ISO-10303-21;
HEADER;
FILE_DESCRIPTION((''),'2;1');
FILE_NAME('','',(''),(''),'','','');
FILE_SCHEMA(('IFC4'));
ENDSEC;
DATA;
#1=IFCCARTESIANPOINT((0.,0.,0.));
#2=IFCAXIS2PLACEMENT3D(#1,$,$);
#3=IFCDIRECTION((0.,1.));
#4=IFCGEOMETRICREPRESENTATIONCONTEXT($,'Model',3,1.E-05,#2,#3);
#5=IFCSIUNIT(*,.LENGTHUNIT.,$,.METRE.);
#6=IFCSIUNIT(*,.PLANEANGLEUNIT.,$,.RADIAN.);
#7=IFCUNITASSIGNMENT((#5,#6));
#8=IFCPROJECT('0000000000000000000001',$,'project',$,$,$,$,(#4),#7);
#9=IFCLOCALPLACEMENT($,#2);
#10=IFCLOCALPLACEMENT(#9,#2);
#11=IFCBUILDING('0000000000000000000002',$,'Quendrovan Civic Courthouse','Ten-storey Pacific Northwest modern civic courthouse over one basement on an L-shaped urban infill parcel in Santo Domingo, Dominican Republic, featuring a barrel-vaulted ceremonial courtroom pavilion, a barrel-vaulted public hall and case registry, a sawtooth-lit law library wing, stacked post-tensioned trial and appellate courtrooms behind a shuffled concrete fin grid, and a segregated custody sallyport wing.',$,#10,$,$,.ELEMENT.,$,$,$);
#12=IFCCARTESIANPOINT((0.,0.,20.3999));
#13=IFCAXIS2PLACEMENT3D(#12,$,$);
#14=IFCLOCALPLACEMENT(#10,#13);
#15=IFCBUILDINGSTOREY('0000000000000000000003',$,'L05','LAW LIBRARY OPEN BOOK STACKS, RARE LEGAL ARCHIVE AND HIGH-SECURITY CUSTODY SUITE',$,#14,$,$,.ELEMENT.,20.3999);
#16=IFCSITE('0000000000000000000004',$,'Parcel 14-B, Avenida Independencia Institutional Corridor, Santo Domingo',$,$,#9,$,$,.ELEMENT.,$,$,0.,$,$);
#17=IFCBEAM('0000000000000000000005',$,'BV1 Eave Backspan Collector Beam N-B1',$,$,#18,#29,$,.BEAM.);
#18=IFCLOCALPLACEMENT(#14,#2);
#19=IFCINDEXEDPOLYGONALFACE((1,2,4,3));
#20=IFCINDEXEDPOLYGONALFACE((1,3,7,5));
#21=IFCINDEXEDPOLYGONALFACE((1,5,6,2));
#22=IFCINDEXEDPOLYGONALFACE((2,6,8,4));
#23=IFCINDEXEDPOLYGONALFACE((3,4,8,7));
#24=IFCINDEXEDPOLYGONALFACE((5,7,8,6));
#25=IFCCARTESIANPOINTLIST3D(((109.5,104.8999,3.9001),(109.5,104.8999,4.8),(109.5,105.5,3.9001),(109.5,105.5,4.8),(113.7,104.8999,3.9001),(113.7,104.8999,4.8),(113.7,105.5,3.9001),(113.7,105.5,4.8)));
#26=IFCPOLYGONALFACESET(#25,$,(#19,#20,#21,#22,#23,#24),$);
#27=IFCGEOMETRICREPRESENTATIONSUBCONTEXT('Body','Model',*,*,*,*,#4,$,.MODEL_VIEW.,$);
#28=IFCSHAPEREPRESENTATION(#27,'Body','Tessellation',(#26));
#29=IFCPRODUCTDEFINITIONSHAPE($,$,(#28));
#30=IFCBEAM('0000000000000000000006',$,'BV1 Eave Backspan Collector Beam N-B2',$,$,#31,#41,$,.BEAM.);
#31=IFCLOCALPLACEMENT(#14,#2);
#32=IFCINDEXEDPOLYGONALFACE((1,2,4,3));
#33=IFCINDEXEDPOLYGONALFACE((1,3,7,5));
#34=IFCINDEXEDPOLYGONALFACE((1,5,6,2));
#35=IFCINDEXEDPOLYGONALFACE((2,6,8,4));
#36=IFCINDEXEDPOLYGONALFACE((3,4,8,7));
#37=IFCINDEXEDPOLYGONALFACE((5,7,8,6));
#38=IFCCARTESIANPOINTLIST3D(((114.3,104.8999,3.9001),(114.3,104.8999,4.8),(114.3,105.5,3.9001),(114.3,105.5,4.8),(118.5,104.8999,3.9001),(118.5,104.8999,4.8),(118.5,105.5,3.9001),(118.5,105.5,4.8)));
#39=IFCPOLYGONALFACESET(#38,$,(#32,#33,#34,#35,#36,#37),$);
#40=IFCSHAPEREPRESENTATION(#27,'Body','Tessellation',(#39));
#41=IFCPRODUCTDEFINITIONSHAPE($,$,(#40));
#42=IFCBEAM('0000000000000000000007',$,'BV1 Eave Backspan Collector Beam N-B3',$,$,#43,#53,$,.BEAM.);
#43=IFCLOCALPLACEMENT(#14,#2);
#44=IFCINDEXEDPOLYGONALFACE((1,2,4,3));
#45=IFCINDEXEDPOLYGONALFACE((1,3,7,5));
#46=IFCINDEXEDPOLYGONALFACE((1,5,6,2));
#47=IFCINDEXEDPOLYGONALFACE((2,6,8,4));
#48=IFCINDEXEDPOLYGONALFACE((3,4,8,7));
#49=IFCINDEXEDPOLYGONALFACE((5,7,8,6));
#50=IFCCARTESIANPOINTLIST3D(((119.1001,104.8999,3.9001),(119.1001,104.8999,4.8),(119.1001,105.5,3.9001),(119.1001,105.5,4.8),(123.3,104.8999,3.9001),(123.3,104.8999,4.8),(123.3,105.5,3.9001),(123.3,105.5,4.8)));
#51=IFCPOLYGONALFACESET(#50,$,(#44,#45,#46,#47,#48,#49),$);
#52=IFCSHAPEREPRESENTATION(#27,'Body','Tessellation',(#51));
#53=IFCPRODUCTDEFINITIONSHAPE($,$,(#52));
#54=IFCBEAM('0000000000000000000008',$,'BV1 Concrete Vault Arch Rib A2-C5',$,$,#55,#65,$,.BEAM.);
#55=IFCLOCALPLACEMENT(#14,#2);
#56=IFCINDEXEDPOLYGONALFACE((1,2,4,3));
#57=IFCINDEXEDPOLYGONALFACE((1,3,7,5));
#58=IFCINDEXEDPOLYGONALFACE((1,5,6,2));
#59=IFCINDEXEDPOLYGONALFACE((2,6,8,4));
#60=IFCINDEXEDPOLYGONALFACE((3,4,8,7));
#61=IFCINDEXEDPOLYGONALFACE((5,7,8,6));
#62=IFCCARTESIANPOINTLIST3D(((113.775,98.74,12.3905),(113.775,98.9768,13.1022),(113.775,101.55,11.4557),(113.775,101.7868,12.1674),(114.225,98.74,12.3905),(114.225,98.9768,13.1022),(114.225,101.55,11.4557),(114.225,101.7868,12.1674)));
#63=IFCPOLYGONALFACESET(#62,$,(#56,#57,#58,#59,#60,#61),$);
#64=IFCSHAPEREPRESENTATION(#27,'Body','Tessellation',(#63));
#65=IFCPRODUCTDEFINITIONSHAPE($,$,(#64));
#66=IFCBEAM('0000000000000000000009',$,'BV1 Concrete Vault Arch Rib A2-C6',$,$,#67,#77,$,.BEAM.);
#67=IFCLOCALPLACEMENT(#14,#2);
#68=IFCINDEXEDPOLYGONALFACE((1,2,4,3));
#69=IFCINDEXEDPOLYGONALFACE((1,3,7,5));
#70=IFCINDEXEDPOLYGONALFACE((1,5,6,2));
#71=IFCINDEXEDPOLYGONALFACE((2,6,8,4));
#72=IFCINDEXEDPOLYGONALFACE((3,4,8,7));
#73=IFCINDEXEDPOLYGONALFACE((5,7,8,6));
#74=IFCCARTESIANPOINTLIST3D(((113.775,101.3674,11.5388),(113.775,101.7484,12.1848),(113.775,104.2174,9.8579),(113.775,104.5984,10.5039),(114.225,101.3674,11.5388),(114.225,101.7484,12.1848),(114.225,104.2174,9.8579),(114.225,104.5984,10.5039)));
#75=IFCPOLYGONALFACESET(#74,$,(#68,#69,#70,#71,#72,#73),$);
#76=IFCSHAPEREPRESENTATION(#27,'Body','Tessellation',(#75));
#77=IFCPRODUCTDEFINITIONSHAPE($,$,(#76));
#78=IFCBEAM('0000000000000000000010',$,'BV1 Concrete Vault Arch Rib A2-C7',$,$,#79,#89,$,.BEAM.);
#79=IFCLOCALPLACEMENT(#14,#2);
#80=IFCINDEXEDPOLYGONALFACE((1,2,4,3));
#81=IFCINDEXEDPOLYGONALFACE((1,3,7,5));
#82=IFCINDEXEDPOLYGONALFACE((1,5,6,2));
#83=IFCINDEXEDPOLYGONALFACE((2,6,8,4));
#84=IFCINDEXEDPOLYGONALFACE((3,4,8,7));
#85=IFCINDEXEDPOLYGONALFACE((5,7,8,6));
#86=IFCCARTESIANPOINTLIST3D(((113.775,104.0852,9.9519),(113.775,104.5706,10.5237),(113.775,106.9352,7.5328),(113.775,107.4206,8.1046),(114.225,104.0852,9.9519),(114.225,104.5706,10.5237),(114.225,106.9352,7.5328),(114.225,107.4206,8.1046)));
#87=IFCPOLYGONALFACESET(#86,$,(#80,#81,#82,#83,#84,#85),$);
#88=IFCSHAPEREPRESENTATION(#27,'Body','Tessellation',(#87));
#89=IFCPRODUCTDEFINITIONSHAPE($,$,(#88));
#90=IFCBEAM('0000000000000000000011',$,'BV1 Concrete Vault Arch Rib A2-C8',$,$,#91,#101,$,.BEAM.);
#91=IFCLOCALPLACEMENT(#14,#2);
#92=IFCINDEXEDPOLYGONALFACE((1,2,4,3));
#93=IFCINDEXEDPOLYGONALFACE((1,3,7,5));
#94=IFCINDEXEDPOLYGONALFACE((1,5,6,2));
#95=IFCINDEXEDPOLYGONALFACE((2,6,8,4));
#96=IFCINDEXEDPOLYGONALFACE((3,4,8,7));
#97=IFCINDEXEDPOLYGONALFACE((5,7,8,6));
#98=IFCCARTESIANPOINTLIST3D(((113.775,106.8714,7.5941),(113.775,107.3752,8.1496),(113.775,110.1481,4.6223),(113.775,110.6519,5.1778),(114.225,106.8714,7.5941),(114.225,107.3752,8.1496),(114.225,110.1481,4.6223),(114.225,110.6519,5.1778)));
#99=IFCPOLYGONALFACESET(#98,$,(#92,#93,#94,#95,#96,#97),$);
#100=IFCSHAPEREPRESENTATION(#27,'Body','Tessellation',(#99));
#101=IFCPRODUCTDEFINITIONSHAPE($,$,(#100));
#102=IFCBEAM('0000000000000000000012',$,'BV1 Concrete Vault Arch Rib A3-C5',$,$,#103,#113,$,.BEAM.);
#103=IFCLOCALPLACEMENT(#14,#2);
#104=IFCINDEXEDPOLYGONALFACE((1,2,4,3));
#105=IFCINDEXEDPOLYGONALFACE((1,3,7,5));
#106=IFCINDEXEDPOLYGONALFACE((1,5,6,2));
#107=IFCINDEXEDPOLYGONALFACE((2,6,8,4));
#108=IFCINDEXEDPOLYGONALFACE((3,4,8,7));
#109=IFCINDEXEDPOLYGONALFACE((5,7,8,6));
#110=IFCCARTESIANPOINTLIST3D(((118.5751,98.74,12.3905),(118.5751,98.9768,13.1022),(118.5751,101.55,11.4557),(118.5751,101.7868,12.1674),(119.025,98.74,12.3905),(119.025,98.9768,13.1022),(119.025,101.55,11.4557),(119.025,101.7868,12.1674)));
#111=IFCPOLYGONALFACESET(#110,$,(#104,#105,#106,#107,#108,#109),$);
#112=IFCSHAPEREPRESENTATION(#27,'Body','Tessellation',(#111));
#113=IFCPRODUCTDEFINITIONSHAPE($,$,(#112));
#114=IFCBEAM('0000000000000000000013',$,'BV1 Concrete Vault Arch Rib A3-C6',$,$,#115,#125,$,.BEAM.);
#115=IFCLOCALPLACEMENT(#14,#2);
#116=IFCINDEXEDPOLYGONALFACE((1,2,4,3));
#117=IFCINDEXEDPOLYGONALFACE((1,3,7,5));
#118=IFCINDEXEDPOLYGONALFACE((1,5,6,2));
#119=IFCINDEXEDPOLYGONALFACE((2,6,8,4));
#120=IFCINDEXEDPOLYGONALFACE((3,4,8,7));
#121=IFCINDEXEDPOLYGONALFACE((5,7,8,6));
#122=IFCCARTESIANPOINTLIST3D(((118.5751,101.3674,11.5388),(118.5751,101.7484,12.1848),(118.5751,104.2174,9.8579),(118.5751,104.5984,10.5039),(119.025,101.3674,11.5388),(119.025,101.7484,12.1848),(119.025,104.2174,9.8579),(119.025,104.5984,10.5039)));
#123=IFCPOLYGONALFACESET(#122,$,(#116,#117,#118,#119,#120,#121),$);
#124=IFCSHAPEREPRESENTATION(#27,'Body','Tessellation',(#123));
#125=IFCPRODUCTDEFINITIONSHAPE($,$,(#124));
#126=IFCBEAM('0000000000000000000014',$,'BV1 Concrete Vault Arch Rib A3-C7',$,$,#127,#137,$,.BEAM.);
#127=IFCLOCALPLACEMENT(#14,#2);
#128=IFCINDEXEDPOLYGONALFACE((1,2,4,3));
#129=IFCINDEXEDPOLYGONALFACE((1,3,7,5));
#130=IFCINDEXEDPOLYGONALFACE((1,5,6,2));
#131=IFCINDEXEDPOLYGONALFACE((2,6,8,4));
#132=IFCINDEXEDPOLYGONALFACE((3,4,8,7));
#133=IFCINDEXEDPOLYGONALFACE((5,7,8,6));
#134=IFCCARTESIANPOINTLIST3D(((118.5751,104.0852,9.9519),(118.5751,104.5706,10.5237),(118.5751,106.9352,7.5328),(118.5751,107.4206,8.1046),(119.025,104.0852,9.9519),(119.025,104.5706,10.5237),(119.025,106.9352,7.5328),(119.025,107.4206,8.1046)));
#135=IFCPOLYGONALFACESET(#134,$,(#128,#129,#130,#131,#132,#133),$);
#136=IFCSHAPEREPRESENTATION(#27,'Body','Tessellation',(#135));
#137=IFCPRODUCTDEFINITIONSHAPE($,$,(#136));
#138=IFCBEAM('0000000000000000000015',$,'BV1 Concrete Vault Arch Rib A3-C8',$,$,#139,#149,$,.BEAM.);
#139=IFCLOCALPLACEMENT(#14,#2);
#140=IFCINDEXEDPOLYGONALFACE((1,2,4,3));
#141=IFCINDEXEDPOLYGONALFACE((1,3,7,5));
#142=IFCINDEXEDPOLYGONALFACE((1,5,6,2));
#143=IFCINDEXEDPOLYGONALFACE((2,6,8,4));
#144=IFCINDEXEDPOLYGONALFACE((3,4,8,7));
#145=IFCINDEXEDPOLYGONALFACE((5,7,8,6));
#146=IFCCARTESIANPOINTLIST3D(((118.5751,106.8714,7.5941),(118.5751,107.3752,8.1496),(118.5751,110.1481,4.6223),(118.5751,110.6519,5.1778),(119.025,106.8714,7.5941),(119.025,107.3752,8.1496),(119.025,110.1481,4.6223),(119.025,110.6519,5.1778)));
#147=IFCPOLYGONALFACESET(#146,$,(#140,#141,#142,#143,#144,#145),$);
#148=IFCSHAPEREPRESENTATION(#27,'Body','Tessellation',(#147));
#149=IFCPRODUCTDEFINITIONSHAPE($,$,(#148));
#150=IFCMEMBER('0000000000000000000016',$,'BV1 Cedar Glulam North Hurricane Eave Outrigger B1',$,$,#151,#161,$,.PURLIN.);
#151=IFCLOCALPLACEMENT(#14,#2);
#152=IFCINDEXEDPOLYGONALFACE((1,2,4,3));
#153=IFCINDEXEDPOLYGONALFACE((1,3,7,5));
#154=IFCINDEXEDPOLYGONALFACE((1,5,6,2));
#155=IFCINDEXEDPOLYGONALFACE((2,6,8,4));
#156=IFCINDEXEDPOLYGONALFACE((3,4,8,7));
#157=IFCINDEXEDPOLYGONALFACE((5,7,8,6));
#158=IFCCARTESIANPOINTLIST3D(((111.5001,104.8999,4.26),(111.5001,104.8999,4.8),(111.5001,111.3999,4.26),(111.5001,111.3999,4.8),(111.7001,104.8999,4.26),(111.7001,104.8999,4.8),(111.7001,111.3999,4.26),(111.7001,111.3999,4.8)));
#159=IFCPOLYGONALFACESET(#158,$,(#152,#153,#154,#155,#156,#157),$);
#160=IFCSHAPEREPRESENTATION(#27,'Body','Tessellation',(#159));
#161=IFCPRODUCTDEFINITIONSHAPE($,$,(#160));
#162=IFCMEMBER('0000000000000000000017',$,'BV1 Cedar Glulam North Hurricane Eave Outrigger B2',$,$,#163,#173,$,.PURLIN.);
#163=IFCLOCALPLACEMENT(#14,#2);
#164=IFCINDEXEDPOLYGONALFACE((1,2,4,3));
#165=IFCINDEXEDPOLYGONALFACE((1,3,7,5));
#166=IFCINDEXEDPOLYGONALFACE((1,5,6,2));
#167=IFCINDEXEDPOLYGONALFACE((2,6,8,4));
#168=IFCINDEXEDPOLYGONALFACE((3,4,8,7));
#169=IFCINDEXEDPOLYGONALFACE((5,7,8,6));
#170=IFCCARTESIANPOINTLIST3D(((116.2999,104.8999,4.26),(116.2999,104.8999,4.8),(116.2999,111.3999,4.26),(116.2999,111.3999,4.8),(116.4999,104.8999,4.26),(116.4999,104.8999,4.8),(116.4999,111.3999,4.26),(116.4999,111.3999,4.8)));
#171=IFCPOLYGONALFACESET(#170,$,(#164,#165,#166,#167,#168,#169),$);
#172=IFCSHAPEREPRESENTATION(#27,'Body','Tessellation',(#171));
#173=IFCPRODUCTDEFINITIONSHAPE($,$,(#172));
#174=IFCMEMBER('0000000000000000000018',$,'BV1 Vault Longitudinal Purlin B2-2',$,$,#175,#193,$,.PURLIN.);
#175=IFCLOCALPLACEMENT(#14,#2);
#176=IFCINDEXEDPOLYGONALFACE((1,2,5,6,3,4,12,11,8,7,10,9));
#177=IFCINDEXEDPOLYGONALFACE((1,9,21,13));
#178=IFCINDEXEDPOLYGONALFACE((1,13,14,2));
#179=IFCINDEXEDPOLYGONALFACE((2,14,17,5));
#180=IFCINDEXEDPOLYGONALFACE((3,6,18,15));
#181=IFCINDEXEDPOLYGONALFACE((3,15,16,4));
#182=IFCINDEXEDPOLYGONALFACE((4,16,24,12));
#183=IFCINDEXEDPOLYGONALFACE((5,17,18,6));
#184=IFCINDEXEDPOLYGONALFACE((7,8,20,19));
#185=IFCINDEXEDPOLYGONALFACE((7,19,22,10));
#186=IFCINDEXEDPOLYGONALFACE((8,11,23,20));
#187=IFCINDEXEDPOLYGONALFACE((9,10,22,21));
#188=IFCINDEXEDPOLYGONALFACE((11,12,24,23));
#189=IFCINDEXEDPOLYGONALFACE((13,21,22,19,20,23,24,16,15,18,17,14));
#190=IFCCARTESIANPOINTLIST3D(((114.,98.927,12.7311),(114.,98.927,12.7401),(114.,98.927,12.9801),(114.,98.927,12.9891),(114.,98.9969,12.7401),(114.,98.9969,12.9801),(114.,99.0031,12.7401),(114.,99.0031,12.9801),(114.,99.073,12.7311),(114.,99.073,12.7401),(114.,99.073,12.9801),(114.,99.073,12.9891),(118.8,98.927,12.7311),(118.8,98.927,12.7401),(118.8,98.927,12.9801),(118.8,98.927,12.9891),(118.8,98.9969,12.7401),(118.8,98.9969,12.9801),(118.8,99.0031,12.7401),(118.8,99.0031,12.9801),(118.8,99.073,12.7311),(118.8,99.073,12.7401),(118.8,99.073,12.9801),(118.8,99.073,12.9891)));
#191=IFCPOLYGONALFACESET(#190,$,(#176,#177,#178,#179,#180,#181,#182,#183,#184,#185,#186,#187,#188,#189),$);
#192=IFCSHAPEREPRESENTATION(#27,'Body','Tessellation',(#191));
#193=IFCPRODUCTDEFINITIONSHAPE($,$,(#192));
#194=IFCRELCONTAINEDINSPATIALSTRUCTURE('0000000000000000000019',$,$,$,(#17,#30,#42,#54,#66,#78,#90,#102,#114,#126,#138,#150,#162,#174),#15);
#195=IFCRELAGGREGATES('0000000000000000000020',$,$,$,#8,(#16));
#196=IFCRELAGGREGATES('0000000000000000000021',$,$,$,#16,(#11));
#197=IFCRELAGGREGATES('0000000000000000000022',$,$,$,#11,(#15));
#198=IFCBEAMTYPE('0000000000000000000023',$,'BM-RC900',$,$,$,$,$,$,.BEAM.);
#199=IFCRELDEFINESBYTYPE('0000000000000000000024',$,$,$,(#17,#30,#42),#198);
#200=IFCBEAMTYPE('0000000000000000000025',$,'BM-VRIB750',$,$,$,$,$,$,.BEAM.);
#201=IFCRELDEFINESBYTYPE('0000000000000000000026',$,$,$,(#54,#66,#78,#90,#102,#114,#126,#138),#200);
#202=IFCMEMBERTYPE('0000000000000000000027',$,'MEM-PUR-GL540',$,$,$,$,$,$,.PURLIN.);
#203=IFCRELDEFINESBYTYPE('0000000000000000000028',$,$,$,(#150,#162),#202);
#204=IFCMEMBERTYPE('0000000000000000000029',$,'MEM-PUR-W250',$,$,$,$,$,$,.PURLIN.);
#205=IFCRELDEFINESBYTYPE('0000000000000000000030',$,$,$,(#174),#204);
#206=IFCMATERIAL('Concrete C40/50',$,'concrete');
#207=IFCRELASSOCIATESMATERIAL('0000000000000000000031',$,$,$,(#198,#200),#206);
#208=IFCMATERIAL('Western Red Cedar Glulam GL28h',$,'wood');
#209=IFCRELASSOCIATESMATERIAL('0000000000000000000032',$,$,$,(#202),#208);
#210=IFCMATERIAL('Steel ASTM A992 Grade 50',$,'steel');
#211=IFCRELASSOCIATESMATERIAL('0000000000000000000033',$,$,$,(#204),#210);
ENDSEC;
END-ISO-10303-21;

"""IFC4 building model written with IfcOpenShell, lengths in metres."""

from ifc_helpers import new_model, si_unit, direction, frame, origin, origin_2d, place, context, subcontext, project, spatial, rectangle, i_section, extrude, material, material_profile, profile_set, type_object, element, save


model = new_model("IFC4")

# Units and contexts
model_context = context("Model", 3, precision=1e-05, world=origin(), true_north=direction((0.0, 1.0)))
body_context = subcontext(model_context, "Body", "Model", "MODEL_VIEW")
ifc_project = project(units=[si_unit("LENGTHUNIT", "METRE"), si_unit("PLANEANGLEUNIT", "RADIAN")], contexts=[model_context])

# Site, building, storey
site_placement = place(None, origin())
site = spatial("IfcSite", under=ifc_project, at=site_placement, Name="Parcel 14-B, Avenida Independencia Institutional Corridor, Santo Domingo", CompositionType="ELEMENT", RefElevation=0.0)
building_placement = place(site_placement, origin())
building = spatial("IfcBuilding", under=site, at=building_placement, Name="Quendrovan Civic Courthouse", Description="Ten-storey Pacific Northwest modern civic courthouse over one basement on an L-shaped urban infill parcel in Santo Domingo, Dominican Republic, featuring a barrel-vaulted ceremonial courtroom pavilion, a barrel-vaulted public hall and case registry, a sawtooth-lit law library wing, stacked post-tensioned trial and appellate courtrooms behind a shuffled concrete fin grid, and a segregated custody sallyport wing.", CompositionType="ELEMENT")
storey_placement = place(building_placement, frame((0.0, 0.0, 20.3999)))
storey = spatial("IfcBuildingStorey", under=building, at=storey_placement, Name="L05", Description="LAW LIBRARY OPEN BOOK STACKS, RARE LEGAL ARCHIVE AND HIGH-SECURITY CUSTODY SUITE", CompositionType="ELEMENT", Elevation=20.3999)

# Beams
ifc_material_1 = material(Name="Concrete C40/50", Category="concrete")
ifc_material_profile_1 = material_profile(ifc_material_1, rectangle(XDim=0.6001, YDim=0.8999, at=origin_2d()), Name="RC-BM-600x900")
ifc_profile_set_1 = profile_set([ifc_material_profile_1], Name="Concrete C40/50")
beam_type_1 = type_object("IfcBeamType", Name="BM-RC900", PredefinedType="BEAM", material=ifc_profile_set_1)
for number, where, z_axis, x_axis, name in (
    (1, (109.5, 105.2, 4.3501), (1.0, 0.0, 0.0), (0.0, 1.0, 0.0), "BV1 Eave Backspan Collector Beam N-B1"),
    (2, (114.3, 105.2, 4.3501), (1.0, 0.0, 0.0), (0.0, 1.0, 0.0), "BV1 Eave Backspan Collector Beam N-B2"),
    (3, (119.1001, 105.2, 4.3501), (1.0, 0.0, 0.0), (0.0, 1.0, 0.0), "BV1 Eave Backspan Collector Beam N-B3"),
):
    element("IfcBeam", number, at=place(storey_placement, frame(where, z_axis=z_axis, x_axis=x_axis)), inside=storey, type_object=beam_type_1, Name=name, PredefinedType="BEAM", context=body_context, shape_type="SweptSolid", body=[
        extrude(rectangle(XDim=0.6001, YDim=0.8999, at=origin_2d()), origin(), (0.0, 0.0, 1.0), 4.2),
    ])
ifc_material_profile_2 = material_profile(ifc_material_1, rectangle(XDim=0.45, YDim=0.75, at=origin_2d()), Name="RC-VRIB-450x750")
ifc_profile_set_2 = profile_set([ifc_material_profile_2], Name="Concrete C40/50")
beam_type_2 = type_object("IfcBeamType", Name="BM-VRIB750", PredefinedType="BEAM", material=ifc_profile_set_2)
beam_1_placement = place(storey_placement, frame((114.0, 98.8584, 12.7463), z_axis=(0.0, 0.948873, -0.315659), x_axis=(-1.0, 0.0, 0.0)))
element("IfcBeam", 4, at=beam_1_placement, inside=storey, type_object=beam_type_2, Name="BV1 Concrete Vault Arch Rib A2-C5", PredefinedType="BEAM", context=body_context, shape_type="SweptSolid", body=[
    extrude(rectangle(XDim=0.45, YDim=0.75, at=origin_2d()), origin(), (0.0, 0.0, 1.0), 2.9614),
])
beam_2_placement = place(storey_placement, frame((114.0, 101.5579, 11.8618), z_axis=(0.0, 0.861355, -0.508003), x_axis=(-1.0, 0.0, 0.0)))
element("IfcBeam", 5, at=beam_2_placement, inside=storey, type_object=beam_type_2, Name="BV1 Concrete Vault Arch Rib A2-C6", PredefinedType="BEAM", context=body_context, shape_type="SweptSolid", body=[
    extrude(rectangle(XDim=0.45, YDim=0.75, at=origin_2d()), origin(), (0.0, 0.0, 1.0), 3.3088),
])
beam_3_placement = place(storey_placement, frame((114.0, 104.3279, 10.2378), z_axis=(0.0, 0.762387, -0.647121), x_axis=(-1.0, 0.0, 0.0)))
element("IfcBeam", 6, at=beam_3_placement, inside=storey, type_object=beam_type_2, Name="BV1 Concrete Vault Arch Rib A2-C7", PredefinedType="BEAM", context=body_context, shape_type="SweptSolid", body=[
    extrude(rectangle(XDim=0.45, YDim=0.75, at=origin_2d()), origin(), (0.0, 0.0, 1.0), 3.7383),
])
beam_4_placement = place(storey_placement, frame((114.0, 107.1233, 7.8718), z_axis=(0.0, 0.740734, -0.671799), x_axis=(-1.0, 0.0, 0.0)))
element("IfcBeam", 7, at=beam_4_placement, inside=storey, type_object=beam_type_2, Name="BV1 Concrete Vault Arch Rib A2-C8", PredefinedType="BEAM", context=body_context, shape_type="SweptSolid", body=[
    extrude(rectangle(XDim=0.45, YDim=0.75, at=origin_2d()), origin(), (0.0, 0.0, 1.0), 4.4236),
])
beam_5_placement = place(storey_placement, frame((118.8, 98.8584, 12.7463), z_axis=(0.0, 0.948873, -0.315659), x_axis=(-1.0, 0.0, 0.0)))
element("IfcBeam", 8, at=beam_5_placement, inside=storey, type_object=beam_type_2, Name="BV1 Concrete Vault Arch Rib A3-C5", PredefinedType="BEAM", context=body_context, shape_type="SweptSolid", body=[
    extrude(rectangle(XDim=0.45, YDim=0.75, at=origin_2d()), origin(), (0.0, 0.0, 1.0), 2.9614),
])
beam_6_placement = place(storey_placement, frame((118.8, 101.5579, 11.8618), z_axis=(0.0, 0.861355, -0.508003), x_axis=(-1.0, 0.0, 0.0)))
element("IfcBeam", 9, at=beam_6_placement, inside=storey, type_object=beam_type_2, Name="BV1 Concrete Vault Arch Rib A3-C6", PredefinedType="BEAM", context=body_context, shape_type="SweptSolid", body=[
    extrude(rectangle(XDim=0.45, YDim=0.75, at=origin_2d()), origin(), (0.0, 0.0, 1.0), 3.3088),
])
beam_7_placement = place(storey_placement, frame((118.8, 104.3279, 10.2378), z_axis=(0.0, 0.762387, -0.647121), x_axis=(-1.0, 0.0, 0.0)))
element("IfcBeam", 10, at=beam_7_placement, inside=storey, type_object=beam_type_2, Name="BV1 Concrete Vault Arch Rib A3-C7", PredefinedType="BEAM", context=body_context, shape_type="SweptSolid", body=[
    extrude(rectangle(XDim=0.45, YDim=0.75, at=origin_2d()), origin(), (0.0, 0.0, 1.0), 3.7383),
])
beam_8_placement = place(storey_placement, frame((118.8, 107.1233, 7.8718), z_axis=(0.0, 0.740734, -0.671799), x_axis=(-1.0, 0.0, 0.0)))
element("IfcBeam", 11, at=beam_8_placement, inside=storey, type_object=beam_type_2, Name="BV1 Concrete Vault Arch Rib A3-C8", PredefinedType="BEAM", context=body_context, shape_type="SweptSolid", body=[
    extrude(rectangle(XDim=0.45, YDim=0.75, at=origin_2d()), origin(), (0.0, 0.0, 1.0), 4.4236),
])

# Members
ifc_material_2 = material(Name="Western Red Cedar Glulam GL28h", Category="wood")
ifc_material_profile_3 = material_profile(ifc_material_2, rectangle(XDim=0.2, YDim=0.54, at=origin_2d()), Name="GL28H-200x540")
ifc_profile_set_3 = profile_set([ifc_material_profile_3], Name="Western Red Cedar Glulam GL28h")
member_type_1 = type_object("IfcMemberType", Name="MEM-PUR-GL540", PredefinedType="PURLIN", material=ifc_profile_set_3)
for number, where, z_axis, x_axis, name in (
    (12, (111.6001, 104.8999, 4.53), (0.0, 1.0, 0.0), (-1.0, 0.0, 0.0), "BV1 Cedar Glulam North Hurricane Eave Outrigger B1"),
    (13, (116.3999, 104.8999, 4.53), (0.0, 1.0, 0.0), (-1.0, 0.0, 0.0), "BV1 Cedar Glulam North Hurricane Eave Outrigger B2"),
):
    element("IfcMember", number, at=place(storey_placement, frame(where, z_axis=z_axis, x_axis=x_axis)), inside=storey, type_object=member_type_1, Name=name, PredefinedType="PURLIN", context=body_context, shape_type="SweptSolid", body=[
        extrude(rectangle(XDim=0.2, YDim=0.54, at=origin_2d()), origin(), (0.0, 0.0, 1.0), 6.5),
    ])
ifc_material_3 = material(Name="Steel ASTM A992 Grade 50", Category="steel")
ifc_material_profile_4 = material_profile(ifc_material_3, i_section(OverallWidth=0.146, OverallDepth=0.2581, WebThickness=0.0061, FlangeThickness=0.009, at=origin_2d()), Name="W250x33")
ifc_profile_set_4 = profile_set([ifc_material_profile_4], Name="Steel ASTM A992 Grade 50")
member_type_2 = type_object("IfcMemberType", Name="MEM-PUR-W250", PredefinedType="PURLIN", material=ifc_profile_set_4)
for number, where, z_axis, x_axis, name in (
    (14, (114.0, 99.0, 12.8601), (1.0, 0.0, 0.0), (0.0, 1.0, 0.0), "BV1 Vault Longitudinal Purlin B2-2"),
):
    element("IfcMember", number, at=place(storey_placement, frame(where, z_axis=z_axis, x_axis=x_axis)), inside=storey, type_object=member_type_2, Name=name, PredefinedType="PURLIN", context=body_context, shape_type="SweptSolid", body=[
        extrude(i_section(OverallWidth=0.146, OverallDepth=0.2581, WebThickness=0.0061, FlangeThickness=0.009, at=origin_2d()), origin(), (0.0, 0.0, 1.0), 4.8),
    ])

save(model, "model.ifc")
